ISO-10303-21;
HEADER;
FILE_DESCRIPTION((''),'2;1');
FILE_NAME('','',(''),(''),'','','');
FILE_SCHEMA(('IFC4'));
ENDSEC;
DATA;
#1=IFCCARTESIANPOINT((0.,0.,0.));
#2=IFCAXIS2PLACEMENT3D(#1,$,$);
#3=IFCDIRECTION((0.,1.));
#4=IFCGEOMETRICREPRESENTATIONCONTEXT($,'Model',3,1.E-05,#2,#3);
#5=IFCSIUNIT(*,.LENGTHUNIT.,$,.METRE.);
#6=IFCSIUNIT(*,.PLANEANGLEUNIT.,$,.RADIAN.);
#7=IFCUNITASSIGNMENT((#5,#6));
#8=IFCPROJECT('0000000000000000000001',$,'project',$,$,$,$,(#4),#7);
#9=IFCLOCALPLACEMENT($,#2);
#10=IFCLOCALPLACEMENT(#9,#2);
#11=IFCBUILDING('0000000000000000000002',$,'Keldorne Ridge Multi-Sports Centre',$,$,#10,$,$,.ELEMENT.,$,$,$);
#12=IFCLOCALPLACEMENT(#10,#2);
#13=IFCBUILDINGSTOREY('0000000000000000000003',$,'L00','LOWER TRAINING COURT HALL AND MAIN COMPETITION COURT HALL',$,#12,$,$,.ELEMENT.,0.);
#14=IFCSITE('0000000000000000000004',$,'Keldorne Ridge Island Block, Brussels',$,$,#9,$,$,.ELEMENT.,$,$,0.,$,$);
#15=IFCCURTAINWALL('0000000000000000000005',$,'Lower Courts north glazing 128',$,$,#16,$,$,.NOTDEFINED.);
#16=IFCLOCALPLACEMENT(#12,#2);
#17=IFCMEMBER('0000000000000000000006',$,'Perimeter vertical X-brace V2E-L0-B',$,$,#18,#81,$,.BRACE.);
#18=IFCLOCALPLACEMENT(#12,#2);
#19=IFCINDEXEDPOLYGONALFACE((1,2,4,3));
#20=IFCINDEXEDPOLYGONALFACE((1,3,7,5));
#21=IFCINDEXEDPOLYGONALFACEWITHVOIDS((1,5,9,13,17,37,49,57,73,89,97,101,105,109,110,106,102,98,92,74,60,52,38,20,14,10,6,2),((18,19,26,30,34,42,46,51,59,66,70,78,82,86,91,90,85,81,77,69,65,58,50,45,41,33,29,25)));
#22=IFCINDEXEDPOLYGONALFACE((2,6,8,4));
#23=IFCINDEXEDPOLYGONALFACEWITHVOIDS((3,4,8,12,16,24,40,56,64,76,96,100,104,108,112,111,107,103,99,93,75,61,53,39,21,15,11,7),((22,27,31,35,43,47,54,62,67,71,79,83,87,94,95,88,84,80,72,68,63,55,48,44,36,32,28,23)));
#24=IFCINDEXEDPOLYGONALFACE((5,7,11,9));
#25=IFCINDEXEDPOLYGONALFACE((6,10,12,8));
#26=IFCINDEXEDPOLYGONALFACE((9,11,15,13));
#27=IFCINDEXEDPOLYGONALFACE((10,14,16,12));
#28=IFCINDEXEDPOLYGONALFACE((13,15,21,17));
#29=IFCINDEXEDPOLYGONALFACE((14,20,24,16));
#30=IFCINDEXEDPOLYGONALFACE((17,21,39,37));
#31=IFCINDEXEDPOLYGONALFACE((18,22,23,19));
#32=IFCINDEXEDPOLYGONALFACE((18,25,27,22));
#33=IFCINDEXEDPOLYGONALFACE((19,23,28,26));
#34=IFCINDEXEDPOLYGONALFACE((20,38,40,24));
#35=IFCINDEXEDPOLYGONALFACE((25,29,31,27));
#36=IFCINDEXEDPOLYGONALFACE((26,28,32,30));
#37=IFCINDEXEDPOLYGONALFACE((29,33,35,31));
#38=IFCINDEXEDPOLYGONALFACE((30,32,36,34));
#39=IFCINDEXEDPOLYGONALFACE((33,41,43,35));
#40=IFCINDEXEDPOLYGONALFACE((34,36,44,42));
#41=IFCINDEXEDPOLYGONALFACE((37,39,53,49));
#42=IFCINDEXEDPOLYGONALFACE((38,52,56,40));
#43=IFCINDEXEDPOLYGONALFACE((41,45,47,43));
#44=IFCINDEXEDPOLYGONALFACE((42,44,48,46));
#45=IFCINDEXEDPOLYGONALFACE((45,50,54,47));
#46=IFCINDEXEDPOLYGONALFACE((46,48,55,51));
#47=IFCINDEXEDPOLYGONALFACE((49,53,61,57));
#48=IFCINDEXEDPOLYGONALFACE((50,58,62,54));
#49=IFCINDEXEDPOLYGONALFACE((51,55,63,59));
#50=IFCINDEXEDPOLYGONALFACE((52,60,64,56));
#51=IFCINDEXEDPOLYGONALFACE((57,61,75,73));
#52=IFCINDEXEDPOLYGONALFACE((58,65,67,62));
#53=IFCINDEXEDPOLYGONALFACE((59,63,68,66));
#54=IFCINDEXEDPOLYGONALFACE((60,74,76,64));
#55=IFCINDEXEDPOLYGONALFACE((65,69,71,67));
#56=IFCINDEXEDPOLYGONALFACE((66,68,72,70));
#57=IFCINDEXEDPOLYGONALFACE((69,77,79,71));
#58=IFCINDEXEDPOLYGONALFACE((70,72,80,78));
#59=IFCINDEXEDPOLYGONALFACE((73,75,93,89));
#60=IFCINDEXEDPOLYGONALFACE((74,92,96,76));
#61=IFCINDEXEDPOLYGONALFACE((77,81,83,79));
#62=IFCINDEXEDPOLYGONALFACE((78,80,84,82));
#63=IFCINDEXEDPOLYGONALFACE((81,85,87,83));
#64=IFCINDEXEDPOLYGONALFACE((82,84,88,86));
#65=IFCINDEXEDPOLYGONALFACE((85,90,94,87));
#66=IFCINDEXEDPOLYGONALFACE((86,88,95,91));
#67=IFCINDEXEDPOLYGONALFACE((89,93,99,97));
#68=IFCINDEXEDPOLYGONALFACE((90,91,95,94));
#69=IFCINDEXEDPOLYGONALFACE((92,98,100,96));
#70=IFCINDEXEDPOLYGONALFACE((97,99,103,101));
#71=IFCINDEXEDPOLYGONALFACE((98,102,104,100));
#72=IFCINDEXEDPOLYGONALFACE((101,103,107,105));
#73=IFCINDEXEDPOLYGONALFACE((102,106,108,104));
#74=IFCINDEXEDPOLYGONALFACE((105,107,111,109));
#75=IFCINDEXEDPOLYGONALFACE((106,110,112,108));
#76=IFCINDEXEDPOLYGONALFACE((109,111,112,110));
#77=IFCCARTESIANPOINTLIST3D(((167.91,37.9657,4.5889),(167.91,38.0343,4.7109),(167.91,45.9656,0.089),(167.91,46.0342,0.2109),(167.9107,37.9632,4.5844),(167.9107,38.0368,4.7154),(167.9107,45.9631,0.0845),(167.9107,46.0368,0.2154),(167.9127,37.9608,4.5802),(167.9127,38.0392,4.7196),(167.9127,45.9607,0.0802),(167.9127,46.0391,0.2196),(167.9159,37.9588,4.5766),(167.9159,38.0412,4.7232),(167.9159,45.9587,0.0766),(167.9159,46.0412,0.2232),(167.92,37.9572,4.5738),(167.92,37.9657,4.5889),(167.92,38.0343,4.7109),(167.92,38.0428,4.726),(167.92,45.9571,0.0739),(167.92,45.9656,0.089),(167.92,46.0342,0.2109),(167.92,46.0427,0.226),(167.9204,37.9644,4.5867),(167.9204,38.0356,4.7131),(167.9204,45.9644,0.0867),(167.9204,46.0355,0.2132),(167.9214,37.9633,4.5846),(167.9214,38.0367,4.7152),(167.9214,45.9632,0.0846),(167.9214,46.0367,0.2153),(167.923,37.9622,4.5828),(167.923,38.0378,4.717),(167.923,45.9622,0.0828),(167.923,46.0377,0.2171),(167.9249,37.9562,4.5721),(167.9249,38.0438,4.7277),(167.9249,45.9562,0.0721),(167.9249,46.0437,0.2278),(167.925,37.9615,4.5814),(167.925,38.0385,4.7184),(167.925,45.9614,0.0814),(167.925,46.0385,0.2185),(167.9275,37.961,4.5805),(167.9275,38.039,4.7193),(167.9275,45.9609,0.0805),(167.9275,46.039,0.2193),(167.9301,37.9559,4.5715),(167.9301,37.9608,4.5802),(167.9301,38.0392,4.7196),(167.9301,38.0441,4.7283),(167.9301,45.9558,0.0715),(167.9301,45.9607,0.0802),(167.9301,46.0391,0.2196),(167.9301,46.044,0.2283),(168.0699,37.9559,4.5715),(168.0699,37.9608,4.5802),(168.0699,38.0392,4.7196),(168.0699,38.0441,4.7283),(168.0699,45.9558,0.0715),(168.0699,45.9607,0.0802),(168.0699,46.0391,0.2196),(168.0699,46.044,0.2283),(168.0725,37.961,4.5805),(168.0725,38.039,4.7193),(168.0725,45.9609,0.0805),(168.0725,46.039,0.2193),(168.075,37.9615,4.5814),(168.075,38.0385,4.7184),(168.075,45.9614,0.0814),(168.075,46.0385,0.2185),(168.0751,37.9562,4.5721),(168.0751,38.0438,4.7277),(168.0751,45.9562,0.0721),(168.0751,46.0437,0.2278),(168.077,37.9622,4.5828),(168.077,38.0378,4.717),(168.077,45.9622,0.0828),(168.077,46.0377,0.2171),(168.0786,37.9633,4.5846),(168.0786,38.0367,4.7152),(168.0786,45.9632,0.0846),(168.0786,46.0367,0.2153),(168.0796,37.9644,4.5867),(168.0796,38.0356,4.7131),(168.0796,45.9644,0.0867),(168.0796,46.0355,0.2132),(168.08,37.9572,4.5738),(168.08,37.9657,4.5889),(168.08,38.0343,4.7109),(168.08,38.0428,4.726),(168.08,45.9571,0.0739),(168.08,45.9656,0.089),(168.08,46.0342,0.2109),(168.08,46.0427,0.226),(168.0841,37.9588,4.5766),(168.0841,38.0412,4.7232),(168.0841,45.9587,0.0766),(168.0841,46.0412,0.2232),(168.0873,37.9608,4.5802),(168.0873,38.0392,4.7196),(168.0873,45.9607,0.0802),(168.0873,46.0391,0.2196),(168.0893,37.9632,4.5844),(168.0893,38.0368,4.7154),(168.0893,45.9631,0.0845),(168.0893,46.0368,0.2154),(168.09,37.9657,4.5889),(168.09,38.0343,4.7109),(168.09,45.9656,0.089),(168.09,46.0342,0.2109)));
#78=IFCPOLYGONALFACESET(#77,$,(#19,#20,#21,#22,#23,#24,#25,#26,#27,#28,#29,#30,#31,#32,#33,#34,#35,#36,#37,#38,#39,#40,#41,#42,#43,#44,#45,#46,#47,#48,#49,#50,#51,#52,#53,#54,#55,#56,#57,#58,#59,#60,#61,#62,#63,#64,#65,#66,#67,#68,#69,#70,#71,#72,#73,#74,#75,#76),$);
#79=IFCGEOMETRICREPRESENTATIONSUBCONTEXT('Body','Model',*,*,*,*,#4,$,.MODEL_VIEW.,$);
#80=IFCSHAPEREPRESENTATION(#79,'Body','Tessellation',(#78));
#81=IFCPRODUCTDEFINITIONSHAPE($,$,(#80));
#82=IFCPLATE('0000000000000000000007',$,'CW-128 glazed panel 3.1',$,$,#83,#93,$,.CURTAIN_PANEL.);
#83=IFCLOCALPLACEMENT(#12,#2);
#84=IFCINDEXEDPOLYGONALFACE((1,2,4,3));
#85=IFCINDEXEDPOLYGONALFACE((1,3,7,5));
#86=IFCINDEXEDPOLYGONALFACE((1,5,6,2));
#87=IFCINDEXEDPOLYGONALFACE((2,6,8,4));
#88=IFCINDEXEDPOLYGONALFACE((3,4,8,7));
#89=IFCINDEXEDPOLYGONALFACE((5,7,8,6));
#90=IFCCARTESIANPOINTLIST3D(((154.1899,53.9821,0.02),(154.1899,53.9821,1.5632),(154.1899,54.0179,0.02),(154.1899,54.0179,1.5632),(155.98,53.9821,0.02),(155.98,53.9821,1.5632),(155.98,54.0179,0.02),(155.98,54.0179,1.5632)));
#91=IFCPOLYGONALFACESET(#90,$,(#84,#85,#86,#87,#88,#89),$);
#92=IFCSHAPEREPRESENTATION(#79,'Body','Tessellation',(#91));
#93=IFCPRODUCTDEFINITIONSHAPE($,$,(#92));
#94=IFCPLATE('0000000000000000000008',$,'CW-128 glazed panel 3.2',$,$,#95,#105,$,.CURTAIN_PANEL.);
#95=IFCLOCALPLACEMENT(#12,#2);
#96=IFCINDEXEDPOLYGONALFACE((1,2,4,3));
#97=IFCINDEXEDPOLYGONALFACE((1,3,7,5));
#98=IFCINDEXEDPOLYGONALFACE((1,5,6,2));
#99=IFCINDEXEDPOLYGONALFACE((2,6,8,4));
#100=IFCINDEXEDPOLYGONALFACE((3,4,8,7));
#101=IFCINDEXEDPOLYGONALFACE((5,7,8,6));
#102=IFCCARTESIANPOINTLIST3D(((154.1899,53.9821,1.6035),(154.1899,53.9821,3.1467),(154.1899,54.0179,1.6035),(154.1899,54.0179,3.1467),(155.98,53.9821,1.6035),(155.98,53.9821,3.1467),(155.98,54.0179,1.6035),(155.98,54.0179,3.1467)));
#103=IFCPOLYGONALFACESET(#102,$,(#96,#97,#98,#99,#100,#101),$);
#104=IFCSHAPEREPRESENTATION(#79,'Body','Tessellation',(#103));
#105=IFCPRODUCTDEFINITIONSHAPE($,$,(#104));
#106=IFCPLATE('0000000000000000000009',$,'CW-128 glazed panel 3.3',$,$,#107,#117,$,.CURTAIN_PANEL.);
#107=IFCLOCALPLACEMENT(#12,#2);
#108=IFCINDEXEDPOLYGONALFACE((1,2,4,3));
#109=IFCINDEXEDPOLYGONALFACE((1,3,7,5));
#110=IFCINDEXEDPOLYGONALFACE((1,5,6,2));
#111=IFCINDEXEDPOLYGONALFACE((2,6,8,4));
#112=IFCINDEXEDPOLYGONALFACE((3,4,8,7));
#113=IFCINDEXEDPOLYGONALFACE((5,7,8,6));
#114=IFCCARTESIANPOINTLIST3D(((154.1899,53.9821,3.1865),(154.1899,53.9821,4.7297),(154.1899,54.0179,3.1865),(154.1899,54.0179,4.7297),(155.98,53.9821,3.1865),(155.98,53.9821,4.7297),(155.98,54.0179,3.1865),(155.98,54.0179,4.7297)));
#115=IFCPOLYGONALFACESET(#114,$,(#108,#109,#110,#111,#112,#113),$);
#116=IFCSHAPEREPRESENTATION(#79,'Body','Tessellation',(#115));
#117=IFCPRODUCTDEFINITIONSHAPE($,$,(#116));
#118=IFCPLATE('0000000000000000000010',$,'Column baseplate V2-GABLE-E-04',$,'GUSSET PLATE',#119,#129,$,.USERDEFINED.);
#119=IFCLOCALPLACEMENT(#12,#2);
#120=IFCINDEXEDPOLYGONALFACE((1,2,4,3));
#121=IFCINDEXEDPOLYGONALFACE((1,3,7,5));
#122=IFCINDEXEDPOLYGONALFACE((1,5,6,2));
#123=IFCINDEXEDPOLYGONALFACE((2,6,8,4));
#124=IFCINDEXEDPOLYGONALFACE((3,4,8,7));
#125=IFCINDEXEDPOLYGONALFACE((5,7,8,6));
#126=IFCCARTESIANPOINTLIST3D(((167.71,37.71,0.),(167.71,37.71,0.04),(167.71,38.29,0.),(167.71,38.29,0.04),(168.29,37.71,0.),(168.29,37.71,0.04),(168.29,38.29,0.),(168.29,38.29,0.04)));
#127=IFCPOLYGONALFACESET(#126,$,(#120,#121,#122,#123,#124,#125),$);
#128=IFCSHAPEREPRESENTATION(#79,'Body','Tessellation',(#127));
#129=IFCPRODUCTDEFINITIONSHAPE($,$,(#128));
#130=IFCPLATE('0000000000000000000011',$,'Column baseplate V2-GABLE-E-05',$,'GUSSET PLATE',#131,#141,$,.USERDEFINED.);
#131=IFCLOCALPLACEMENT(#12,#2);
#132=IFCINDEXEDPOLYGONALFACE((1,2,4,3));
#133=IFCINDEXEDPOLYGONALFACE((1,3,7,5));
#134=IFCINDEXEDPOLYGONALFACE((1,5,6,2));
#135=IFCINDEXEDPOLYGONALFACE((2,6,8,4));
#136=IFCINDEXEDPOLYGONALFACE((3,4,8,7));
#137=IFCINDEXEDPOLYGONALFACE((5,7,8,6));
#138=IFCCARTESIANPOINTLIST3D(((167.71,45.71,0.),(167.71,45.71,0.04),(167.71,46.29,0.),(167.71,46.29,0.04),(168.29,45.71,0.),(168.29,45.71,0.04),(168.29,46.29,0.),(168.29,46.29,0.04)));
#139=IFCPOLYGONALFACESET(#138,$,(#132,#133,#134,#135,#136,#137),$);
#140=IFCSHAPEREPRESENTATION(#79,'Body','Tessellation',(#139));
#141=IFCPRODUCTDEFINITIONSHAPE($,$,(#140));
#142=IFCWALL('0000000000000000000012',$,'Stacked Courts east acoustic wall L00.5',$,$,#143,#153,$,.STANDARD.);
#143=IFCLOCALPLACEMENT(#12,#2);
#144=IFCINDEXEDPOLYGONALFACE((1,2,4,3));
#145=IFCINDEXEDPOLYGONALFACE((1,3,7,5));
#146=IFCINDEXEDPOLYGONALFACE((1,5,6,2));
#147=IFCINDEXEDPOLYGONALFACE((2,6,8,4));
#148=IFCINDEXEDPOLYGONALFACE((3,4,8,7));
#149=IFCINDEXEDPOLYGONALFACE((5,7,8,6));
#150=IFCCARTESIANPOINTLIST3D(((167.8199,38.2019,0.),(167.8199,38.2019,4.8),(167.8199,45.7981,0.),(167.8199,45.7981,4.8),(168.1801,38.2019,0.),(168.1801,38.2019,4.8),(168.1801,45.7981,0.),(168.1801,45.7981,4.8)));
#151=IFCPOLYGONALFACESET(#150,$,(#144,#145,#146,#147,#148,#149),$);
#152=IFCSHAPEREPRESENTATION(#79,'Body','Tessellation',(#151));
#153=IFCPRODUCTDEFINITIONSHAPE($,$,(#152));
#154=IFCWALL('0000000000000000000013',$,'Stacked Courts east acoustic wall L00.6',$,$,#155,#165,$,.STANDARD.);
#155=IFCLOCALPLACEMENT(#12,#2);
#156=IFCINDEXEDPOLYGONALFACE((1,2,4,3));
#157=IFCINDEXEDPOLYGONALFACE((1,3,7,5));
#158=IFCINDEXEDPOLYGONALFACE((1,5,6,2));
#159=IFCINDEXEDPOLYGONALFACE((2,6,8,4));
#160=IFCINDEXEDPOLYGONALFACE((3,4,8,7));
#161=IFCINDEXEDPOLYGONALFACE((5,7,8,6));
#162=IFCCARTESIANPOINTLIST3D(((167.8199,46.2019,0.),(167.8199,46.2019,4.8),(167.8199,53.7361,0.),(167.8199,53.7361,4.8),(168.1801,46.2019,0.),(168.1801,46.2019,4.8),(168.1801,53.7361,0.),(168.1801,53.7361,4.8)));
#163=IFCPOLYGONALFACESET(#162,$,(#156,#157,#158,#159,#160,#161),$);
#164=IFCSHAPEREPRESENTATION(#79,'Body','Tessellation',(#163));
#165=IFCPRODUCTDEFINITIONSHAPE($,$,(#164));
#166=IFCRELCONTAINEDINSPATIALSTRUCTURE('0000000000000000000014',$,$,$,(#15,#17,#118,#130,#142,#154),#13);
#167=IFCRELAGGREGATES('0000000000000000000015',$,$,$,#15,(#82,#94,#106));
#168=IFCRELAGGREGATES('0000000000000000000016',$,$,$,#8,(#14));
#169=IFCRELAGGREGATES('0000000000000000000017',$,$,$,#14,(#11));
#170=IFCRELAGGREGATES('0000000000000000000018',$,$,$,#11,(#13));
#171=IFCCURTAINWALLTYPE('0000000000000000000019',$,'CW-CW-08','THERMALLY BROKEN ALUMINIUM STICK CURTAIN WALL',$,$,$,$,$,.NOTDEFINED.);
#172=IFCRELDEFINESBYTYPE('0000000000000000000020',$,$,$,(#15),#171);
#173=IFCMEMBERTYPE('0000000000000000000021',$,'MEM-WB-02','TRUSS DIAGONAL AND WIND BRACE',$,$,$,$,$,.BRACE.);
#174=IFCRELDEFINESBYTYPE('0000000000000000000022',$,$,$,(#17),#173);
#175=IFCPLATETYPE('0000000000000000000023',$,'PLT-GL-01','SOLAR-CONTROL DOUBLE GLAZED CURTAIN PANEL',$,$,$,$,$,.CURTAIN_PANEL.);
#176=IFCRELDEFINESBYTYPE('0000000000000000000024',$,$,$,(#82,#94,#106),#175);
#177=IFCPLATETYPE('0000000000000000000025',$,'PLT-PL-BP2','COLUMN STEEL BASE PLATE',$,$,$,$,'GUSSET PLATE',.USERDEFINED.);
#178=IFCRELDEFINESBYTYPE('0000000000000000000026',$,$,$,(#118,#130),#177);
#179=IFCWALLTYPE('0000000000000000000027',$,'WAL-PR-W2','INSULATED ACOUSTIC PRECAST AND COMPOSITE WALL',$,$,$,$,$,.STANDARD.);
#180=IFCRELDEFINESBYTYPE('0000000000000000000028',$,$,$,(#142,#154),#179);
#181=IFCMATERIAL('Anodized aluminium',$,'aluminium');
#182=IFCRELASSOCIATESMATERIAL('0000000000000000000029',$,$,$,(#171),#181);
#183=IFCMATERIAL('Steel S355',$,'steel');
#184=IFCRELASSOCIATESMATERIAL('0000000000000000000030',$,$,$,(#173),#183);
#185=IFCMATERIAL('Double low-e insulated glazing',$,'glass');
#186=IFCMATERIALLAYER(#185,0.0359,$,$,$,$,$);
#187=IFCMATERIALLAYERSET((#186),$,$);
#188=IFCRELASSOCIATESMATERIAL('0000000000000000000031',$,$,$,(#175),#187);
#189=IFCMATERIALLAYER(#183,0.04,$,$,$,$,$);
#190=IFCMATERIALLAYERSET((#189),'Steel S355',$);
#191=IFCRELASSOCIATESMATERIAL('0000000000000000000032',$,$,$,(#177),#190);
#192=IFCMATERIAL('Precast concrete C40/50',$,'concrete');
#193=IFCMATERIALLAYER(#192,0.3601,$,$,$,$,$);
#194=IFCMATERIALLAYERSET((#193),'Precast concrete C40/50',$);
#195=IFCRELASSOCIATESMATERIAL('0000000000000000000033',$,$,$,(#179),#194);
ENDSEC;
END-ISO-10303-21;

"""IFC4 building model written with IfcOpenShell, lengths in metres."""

from ifc_helpers import new_model, si_unit, direction, frame, frame_2d, origin, origin_2d, place, context, subcontext, project, spatial, rectangle, hollow_rectangle, extrude, material, layer, layer_set, material_profile, profile_set, type_object, element, aggregate, save


model = new_model("IFC4")

# Units and contexts
model_context = context("Model", 3, precision=1e-05, world=origin(), true_north=direction((0.0, 1.0)))
body_context = subcontext(model_context, "Body", "Model", "MODEL_VIEW")
ifc_project = project(units=[si_unit("LENGTHUNIT", "METRE"), si_unit("PLANEANGLEUNIT", "RADIAN")], contexts=[model_context])

# Site, building, storey
site_placement = place(None, origin())
site = spatial("IfcSite", under=ifc_project, at=site_placement, Name="Keldorne Ridge Island Block, Brussels", CompositionType="ELEMENT", RefElevation=0.0)
building_placement = place(site_placement, origin())
building = spatial("IfcBuilding", under=site, at=building_placement, Name="Keldorne Ridge Multi-Sports Centre", CompositionType="ELEMENT")
storey_placement = place(building_placement, origin())
storey = spatial("IfcBuildingStorey", under=building, at=storey_placement, Name="L00", Description="LOWER TRAINING COURT HALL AND MAIN COMPETITION COURT HALL", CompositionType="ELEMENT", Elevation=0.0)

# Shared definitions
ifc_material_1 = material(Name="Steel S355", Category="steel")

# Curtain wall
ifc_material_2 = material(Name="Anodized aluminium", Category="aluminium")
curtain_wall_type = type_object("IfcCurtainWallType", Name="CW-CW-08", Description="THERMALLY BROKEN ALUMINIUM STICK CURTAIN WALL", PredefinedType="NOTDEFINED", material=ifc_material_2)
curtain_wall_placement = place(storey_placement, origin())
curtain_wall = element("IfcCurtainWall", 1, at=curtain_wall_placement, inside=storey, type_object=curtain_wall_type, Name="Lower Courts north glazing 128", PredefinedType="NOTDEFINED")

# Member
ifc_material_profile_1 = material_profile(ifc_material_1, hollow_rectangle(XDim=0.1799, YDim=0.1799, WallThickness=0.01, InnerFilletRadius=0.01, OuterFilletRadius=0.02, at=origin_2d()), Name="SHS 180x180x10")
ifc_profile_set_1 = profile_set([ifc_material_profile_1], Name="Steel S355")
member_type_1 = type_object("IfcMemberType", Name="MEM-WB-02", Description="TRUSS DIAGONAL AND WIND BRACE", PredefinedType="BRACE", material=ifc_profile_set_1)
for number, where, z_axis, x_axis, name in (
    (2, (168.0, 38.0, 4.6499), (0.0, 0.871576, -0.490261), (-1.0, 0.0, 0.0), "Perimeter vertical X-brace V2E-L0-B"),
):
    element("IfcMember", number, at=place(storey_placement, frame(where, z_axis=z_axis, x_axis=x_axis)), inside=storey, type_object=member_type_1, Name=name, PredefinedType="BRACE", context=body_context, shape_type="SweptSolid", body=[
        extrude(hollow_rectangle(XDim=0.1799, YDim=0.1799, WallThickness=0.01, InnerFilletRadius=0.01, OuterFilletRadius=0.02, at=origin_2d()), origin(), (0.0, 0.0, 1.0), 9.1787),
    ])

# Plates
ifc_material_3 = material(Name="Double low-e insulated glazing", Category="glass")
ifc_layer_1 = layer(ifc_material_3, 0.0359)
ifc_layer_set_1 = layer_set([ifc_layer_1])
plate_type_1 = type_object("IfcPlateType", Name="PLT-GL-01", Description="SOLAR-CONTROL DOUBLE GLAZED CURTAIN PANEL", PredefinedType="CURTAIN_PANEL", material=ifc_layer_set_1)
plate_1_placement = place(storey_placement, frame((155.085, 54.0, 0.02), z_axis=(0.0, 0.0, 1.0), x_axis=(-1.0, 0.0, 0.0)))
plate_1 = element("IfcPlate", 3, at=plate_1_placement, type_object=plate_type_1, Name="CW-128 glazed panel 3.1", PredefinedType="CURTAIN_PANEL", context=body_context, shape_type="SweptSolid", body=[
    extrude(rectangle(XDim=1.79, YDim=0.0359, at=origin_2d()), origin(), (0.0, 0.0, 1.0), 1.5432),
])
plate_2_placement = place(storey_placement, frame((155.085, 54.0, 1.6035), z_axis=(0.0, 0.0, 1.0), x_axis=(-1.0, 0.0, 0.0)))
plate_2 = element("IfcPlate", 4, at=plate_2_placement, type_object=plate_type_1, Name="CW-128 glazed panel 3.2", PredefinedType="CURTAIN_PANEL", context=body_context, shape_type="SweptSolid", body=[
    extrude(rectangle(XDim=1.79, YDim=0.0359, at=origin_2d()), origin(), (0.0, 0.0, 1.0), 1.5432),
])
plate_3_placement = place(storey_placement, frame((155.085, 54.0, 3.1865), z_axis=(0.0, 0.0, 1.0), x_axis=(-1.0, 0.0, 0.0)))
plate_3 = element("IfcPlate", 5, at=plate_3_placement, type_object=plate_type_1, Name="CW-128 glazed panel 3.3", PredefinedType="CURTAIN_PANEL", context=body_context, shape_type="SweptSolid", body=[
    extrude(rectangle(XDim=1.79, YDim=0.0359, at=origin_2d()), origin(), (0.0, 0.0, 1.0), 1.5432),
])
aggregate(curtain_wall, [plate_1, plate_2, plate_3])

# Plates
ifc_layer_2 = layer(ifc_material_1, 0.04)
ifc_layer_set_2 = layer_set([ifc_layer_2], Name="Steel S355")
plate_type_2 = type_object("IfcPlateType", Name="PLT-PL-BP2", Description="COLUMN STEEL BASE PLATE", ElementType="GUSSET PLATE", PredefinedType="USERDEFINED", material=ifc_layer_set_2)
for number, where, z_axis, x_axis, name in (
    (6, (168.0, 38.0, 0.0), (0.0, 0.0, 1.0), (1.0, 0.0, 0.0), "Column baseplate V2-GABLE-E-04"),
    (7, (168.0, 46.0, 0.0), (0.0, 0.0, 1.0), (1.0, 0.0, 0.0), "Column baseplate V2-GABLE-E-05"),
):
    element("IfcPlate", number, at=place(storey_placement, frame(where, z_axis=z_axis, x_axis=x_axis)), inside=storey, type_object=plate_type_2, Name=name, ObjectType="GUSSET PLATE", PredefinedType="USERDEFINED", context=body_context, shape_type="SweptSolid", body=[
        extrude(rectangle(XDim=0.5801, YDim=0.5801, at=origin_2d()), origin(), (0.0, 0.0, 1.0), 0.04),
    ])

# Walls
ifc_material_4 = material(Name="Precast concrete C40/50", Category="concrete")
ifc_layer_3 = layer(ifc_material_4, 0.3601)
ifc_layer_set_3 = layer_set([ifc_layer_3], Name="Precast concrete C40/50")
wall_type = type_object("IfcWallType", Name="WAL-PR-W2", Description="INSULATED ACOUSTIC PRECAST AND COMPOSITE WALL", PredefinedType="STANDARD", material=ifc_layer_set_3)
wall_1_placement = place(storey_placement, frame((168.0, 38.2019, 0.0), z_axis=(0.0, 0.0, 1.0), x_axis=(0.0, 1.0, 0.0)))
element("IfcWall", 8, at=wall_1_placement, inside=storey, type_object=wall_type, Name="Stacked Courts east acoustic wall L00.5", PredefinedType="STANDARD", context=body_context, shape_type="SweptSolid", body=[
    extrude(rectangle(XDim=7.5962, YDim=0.3601, at=frame_2d((3.7981, 0.0))), origin(), (0.0, 0.0, 1.0), 4.8),
])
wall_2_placement = place(storey_placement, frame((168.0, 46.2019, 0.0), z_axis=(0.0, 0.0, 1.0), x_axis=(0.0, 1.0, 0.0)))
element("IfcWall", 9, at=wall_2_placement, inside=storey, type_object=wall_type, Name="Stacked Courts east acoustic wall L00.6", PredefinedType="STANDARD", context=body_context, shape_type="SweptSolid", body=[
    extrude(rectangle(XDim=7.5342, YDim=0.3601, at=frame_2d((3.7671, 0.0))), origin(), (0.0, 0.0, 1.0), 4.8),
])

save(model, "model.ifc")
